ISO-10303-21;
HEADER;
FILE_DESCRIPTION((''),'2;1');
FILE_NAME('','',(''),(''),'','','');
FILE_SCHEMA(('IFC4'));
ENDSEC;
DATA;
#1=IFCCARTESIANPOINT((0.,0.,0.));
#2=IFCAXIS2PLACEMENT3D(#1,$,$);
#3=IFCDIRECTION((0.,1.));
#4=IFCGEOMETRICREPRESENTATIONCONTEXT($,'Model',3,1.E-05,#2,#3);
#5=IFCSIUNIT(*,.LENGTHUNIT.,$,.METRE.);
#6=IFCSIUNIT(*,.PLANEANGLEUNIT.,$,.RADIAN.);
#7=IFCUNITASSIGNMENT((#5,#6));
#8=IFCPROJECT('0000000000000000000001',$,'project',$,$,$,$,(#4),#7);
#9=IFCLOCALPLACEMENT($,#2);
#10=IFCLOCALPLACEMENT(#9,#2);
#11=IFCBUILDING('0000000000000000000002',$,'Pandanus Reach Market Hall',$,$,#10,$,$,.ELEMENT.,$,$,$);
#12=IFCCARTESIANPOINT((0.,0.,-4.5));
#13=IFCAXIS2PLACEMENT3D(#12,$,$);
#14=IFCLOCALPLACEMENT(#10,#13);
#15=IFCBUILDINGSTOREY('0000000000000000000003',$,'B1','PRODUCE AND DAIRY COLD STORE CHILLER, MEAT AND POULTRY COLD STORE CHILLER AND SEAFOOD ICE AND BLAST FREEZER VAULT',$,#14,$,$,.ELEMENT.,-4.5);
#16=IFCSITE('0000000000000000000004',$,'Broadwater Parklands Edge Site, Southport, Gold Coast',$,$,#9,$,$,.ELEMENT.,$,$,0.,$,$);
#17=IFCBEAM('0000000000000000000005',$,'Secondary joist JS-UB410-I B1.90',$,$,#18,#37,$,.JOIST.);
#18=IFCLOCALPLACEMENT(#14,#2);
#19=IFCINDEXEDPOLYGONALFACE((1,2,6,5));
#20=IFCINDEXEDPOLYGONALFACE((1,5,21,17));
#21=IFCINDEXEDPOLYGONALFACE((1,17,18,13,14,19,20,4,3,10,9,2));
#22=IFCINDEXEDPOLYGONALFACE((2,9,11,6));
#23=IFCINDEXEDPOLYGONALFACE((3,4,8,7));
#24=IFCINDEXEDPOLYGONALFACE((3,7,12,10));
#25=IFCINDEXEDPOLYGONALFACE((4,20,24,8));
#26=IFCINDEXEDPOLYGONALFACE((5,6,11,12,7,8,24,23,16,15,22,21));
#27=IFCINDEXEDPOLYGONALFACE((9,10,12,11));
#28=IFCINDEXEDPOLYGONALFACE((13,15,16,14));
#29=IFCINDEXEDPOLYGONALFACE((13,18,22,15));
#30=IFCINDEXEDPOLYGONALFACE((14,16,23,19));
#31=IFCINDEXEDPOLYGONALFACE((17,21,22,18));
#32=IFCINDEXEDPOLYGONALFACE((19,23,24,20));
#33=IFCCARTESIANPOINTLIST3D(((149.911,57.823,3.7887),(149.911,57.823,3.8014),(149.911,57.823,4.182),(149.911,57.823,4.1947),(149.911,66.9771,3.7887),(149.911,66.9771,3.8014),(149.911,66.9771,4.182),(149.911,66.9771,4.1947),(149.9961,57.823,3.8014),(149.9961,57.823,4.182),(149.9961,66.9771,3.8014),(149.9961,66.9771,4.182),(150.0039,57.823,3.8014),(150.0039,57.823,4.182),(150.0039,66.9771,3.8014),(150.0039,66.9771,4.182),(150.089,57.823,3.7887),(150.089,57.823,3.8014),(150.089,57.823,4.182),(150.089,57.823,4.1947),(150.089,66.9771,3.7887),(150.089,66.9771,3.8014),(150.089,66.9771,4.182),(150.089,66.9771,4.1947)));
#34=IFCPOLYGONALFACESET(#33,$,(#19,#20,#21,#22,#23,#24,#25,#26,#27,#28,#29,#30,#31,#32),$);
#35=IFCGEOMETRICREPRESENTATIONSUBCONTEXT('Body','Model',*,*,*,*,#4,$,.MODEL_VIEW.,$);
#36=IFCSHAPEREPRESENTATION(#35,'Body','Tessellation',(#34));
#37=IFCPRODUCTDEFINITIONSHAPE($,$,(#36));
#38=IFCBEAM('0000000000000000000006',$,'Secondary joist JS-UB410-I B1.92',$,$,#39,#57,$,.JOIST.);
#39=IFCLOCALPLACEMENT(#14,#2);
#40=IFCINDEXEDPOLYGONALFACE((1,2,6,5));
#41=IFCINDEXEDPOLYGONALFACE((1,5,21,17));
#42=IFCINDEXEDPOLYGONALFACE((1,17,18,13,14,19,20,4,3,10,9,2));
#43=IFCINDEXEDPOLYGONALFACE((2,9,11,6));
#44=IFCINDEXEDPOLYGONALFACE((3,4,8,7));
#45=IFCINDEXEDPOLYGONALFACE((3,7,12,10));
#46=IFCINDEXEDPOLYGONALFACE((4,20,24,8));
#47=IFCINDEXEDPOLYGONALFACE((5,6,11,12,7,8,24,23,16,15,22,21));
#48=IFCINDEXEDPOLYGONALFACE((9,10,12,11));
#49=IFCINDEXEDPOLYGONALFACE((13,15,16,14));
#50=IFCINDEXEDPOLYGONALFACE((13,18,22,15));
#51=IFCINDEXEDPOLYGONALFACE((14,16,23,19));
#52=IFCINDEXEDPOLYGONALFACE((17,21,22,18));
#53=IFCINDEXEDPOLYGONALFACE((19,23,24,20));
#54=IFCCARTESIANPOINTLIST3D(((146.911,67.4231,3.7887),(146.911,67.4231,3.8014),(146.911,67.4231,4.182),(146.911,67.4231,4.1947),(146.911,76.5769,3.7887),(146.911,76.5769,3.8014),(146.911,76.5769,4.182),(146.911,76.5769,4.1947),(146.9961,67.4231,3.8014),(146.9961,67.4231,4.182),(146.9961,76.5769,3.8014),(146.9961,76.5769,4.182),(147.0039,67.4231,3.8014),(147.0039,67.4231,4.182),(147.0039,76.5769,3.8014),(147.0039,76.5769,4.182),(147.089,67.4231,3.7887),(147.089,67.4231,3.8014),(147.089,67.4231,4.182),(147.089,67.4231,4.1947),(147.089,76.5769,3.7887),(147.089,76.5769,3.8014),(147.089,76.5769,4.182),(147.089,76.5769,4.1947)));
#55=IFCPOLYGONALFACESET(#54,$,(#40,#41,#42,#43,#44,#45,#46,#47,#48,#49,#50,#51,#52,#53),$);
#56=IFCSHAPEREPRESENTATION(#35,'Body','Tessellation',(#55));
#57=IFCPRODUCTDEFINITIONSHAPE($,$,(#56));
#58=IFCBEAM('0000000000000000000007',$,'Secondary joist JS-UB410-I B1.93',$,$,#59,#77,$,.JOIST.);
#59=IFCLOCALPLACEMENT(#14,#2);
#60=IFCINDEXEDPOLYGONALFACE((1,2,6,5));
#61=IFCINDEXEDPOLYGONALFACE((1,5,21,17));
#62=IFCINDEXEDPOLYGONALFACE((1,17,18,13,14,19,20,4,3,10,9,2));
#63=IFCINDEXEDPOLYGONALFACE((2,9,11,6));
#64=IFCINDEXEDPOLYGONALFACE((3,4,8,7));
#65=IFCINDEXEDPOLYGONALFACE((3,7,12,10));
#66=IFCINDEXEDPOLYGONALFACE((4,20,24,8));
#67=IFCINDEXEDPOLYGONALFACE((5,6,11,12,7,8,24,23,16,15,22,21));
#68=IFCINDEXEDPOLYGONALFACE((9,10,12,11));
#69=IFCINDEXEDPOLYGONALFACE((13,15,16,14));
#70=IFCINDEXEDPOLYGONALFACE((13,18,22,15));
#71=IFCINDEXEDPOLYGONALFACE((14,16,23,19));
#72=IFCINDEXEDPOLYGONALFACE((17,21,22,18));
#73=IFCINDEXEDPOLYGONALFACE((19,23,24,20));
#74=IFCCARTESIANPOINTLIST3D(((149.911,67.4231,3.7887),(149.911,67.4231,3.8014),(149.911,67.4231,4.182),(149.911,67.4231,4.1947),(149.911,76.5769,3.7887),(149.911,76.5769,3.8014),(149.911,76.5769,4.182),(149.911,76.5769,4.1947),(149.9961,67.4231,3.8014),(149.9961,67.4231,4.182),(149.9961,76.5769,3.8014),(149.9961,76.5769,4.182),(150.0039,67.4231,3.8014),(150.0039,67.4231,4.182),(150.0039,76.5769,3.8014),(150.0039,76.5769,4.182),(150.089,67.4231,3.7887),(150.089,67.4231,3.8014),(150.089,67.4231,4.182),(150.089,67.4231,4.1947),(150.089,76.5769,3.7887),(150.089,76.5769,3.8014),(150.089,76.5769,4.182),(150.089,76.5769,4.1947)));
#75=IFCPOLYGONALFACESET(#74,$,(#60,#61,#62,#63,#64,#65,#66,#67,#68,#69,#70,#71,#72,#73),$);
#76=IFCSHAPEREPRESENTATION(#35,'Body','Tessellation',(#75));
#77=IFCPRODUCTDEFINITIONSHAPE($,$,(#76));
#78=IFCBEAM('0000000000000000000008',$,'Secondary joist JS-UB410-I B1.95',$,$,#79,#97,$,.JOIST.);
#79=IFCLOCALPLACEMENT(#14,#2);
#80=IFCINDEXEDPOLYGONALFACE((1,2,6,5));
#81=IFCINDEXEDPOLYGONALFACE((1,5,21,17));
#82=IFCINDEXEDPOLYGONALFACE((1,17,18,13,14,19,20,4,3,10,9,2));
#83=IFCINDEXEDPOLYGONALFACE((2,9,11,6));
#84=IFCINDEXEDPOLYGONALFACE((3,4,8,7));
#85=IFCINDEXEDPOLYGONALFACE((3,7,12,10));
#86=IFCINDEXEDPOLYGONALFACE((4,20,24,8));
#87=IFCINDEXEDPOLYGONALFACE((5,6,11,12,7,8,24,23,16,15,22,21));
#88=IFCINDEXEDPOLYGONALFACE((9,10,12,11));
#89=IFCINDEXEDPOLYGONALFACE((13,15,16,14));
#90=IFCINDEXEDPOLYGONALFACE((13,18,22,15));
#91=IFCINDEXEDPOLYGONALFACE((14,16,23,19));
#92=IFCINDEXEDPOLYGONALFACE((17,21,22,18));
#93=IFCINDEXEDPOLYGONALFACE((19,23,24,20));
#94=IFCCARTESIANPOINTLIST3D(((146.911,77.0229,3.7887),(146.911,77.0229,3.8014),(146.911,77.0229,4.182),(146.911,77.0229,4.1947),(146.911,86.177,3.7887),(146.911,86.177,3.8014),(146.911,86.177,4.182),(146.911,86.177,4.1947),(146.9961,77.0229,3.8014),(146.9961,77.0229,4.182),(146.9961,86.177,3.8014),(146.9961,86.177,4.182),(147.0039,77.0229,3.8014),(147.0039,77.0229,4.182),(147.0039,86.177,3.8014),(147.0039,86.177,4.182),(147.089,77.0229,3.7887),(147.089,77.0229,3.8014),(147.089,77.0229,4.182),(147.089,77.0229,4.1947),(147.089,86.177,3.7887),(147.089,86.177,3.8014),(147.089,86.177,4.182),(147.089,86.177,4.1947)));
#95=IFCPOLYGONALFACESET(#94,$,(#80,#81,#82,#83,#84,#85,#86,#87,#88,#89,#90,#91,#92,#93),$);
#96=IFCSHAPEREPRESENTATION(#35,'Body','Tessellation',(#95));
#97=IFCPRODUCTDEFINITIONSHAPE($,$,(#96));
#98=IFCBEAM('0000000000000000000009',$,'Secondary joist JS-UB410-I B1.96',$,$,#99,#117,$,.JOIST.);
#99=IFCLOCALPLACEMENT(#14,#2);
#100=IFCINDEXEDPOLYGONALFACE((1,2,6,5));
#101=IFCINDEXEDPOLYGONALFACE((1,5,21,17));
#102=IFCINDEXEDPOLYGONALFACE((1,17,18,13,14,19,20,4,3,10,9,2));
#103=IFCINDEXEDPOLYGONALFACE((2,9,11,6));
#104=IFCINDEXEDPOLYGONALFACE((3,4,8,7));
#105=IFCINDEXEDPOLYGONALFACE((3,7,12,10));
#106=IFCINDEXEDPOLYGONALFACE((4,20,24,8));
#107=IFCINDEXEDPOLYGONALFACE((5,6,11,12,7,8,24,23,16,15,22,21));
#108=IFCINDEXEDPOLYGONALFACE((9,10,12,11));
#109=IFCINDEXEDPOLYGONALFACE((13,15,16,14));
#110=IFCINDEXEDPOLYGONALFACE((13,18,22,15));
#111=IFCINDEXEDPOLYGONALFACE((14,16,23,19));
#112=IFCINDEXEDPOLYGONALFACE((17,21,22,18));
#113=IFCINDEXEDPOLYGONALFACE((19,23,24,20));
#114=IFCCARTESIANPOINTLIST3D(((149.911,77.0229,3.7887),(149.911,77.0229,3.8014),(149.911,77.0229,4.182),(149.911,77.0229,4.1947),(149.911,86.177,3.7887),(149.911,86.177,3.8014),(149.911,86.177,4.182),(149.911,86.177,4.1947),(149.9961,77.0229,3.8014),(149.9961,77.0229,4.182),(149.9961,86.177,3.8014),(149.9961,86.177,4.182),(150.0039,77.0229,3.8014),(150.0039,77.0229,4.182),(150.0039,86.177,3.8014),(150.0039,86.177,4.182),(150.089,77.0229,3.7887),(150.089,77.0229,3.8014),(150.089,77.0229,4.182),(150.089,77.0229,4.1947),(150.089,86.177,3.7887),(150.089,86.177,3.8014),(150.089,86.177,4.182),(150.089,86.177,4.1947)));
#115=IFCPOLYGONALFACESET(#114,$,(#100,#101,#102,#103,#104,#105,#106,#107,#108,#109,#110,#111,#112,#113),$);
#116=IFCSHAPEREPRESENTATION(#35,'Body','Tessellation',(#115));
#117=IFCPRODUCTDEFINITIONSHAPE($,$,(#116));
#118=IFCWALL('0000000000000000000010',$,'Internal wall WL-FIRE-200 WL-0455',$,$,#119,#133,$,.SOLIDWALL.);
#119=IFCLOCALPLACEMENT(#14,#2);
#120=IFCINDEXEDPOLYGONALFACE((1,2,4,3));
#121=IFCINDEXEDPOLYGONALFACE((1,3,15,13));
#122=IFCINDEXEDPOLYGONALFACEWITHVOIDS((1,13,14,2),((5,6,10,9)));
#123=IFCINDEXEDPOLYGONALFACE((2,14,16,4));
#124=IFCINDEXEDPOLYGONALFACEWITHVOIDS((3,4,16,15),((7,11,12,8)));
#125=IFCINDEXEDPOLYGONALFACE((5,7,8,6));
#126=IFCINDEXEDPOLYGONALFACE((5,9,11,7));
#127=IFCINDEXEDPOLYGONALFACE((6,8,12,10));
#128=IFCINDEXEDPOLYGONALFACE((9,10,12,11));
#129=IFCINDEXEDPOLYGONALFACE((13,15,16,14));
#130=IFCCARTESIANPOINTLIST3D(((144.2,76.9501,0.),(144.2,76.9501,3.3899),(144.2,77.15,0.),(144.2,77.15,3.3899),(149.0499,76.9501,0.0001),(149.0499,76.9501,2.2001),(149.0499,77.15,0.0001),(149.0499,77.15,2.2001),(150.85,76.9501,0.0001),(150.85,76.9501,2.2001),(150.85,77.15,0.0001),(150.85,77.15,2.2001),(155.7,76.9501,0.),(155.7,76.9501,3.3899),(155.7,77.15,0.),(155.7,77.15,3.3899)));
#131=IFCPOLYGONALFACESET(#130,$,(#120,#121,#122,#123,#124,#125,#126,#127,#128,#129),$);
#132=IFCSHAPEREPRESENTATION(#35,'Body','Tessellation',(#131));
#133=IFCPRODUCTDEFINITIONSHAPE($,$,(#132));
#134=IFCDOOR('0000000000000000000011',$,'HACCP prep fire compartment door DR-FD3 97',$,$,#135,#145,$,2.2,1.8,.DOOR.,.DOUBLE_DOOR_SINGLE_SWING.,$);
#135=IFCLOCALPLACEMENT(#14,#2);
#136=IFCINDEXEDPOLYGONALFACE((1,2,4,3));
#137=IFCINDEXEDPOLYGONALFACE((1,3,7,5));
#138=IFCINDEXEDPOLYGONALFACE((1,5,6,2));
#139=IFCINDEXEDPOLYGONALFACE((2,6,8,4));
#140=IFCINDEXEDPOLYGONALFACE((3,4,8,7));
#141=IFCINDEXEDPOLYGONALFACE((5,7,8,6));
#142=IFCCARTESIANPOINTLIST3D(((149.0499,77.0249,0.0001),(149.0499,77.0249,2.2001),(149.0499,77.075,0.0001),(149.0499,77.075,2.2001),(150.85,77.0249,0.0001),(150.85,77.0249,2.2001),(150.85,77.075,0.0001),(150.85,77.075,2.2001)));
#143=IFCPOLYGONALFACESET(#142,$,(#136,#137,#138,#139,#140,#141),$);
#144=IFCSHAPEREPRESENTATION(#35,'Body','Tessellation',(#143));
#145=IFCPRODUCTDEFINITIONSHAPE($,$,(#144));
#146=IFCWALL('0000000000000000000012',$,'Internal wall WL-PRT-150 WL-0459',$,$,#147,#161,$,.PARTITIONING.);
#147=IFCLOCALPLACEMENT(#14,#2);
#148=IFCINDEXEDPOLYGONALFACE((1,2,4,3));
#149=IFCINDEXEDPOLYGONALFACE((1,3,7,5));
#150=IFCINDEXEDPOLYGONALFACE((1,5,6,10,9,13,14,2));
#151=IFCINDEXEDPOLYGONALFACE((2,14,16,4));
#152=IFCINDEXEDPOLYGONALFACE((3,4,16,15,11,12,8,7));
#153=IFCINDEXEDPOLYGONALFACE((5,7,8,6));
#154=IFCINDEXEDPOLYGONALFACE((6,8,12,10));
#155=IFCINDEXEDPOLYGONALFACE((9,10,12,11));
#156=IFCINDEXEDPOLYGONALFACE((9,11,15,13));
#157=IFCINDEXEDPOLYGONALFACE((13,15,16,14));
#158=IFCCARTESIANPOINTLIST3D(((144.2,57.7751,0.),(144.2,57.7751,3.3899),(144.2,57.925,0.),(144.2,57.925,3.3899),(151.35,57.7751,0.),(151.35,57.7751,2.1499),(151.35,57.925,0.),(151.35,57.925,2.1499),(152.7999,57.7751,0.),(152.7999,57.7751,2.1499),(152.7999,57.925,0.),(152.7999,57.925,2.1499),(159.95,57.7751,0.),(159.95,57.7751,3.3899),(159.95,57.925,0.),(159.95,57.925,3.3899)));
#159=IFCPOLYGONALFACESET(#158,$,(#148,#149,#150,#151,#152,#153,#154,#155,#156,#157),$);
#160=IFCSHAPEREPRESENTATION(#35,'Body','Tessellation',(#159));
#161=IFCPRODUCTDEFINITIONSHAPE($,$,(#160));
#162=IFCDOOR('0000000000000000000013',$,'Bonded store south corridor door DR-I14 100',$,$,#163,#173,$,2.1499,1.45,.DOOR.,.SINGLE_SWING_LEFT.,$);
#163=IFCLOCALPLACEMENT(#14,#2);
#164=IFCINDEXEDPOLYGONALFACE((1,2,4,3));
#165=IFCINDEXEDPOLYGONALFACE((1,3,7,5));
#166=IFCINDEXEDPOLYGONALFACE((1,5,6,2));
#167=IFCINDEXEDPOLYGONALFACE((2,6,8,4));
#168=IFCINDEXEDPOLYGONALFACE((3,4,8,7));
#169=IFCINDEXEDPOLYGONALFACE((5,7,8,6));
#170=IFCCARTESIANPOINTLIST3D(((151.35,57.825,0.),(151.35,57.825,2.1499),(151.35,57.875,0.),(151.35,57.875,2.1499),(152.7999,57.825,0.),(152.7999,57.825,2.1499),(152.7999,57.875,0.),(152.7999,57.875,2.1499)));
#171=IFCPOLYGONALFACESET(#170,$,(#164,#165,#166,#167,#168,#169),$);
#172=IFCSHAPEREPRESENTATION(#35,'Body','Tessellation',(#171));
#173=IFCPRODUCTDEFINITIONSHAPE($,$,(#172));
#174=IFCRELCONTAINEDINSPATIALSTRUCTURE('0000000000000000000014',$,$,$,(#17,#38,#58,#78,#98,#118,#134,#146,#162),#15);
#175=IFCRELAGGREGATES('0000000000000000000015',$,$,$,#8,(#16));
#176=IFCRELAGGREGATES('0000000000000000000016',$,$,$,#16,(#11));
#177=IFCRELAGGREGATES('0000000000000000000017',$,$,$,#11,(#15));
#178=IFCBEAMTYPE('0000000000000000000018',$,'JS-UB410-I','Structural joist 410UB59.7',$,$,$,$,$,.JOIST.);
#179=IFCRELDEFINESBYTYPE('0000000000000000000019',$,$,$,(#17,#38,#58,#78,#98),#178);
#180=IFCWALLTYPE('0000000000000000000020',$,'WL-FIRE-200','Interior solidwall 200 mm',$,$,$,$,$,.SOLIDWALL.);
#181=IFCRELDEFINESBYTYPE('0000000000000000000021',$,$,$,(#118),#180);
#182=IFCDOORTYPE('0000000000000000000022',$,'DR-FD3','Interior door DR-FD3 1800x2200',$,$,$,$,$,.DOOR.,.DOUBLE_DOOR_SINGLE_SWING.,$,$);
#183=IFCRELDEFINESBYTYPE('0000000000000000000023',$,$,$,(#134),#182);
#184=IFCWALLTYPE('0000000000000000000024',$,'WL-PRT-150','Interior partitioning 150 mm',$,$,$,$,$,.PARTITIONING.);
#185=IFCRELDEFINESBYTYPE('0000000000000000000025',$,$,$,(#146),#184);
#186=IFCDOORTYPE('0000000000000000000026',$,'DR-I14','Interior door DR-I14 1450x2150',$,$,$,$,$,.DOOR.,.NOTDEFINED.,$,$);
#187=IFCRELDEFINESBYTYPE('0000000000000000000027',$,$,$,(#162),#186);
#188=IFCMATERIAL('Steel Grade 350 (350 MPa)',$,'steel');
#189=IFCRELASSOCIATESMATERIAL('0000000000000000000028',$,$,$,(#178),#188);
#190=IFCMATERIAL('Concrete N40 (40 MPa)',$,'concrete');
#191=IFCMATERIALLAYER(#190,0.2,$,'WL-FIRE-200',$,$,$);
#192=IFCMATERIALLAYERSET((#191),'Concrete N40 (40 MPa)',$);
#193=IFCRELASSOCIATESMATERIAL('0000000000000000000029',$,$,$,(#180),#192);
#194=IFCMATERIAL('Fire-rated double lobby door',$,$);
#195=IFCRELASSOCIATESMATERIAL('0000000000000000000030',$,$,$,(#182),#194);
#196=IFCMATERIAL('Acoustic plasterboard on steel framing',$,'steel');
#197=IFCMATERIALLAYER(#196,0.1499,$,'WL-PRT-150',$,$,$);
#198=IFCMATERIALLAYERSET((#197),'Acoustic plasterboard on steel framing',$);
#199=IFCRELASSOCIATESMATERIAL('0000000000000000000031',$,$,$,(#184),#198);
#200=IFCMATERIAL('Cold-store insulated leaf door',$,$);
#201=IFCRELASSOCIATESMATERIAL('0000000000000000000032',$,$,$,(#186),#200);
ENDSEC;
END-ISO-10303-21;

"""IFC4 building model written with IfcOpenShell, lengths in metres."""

from ifc_helpers import new_model, si_unit, direction, frame, frame_2d, origin, origin_2d, place, context, subcontext, project, spatial, rectangle, i_section, extrude, material, layer, layer_set, material_profile, profile_set, type_object, element, fill, save


model = new_model("IFC4")

# Units and contexts
model_context = context("Model", 3, precision=1e-05, world=origin(), true_north=direction((0.0, 1.0)))
body_context = subcontext(model_context, "Body", "Model", "MODEL_VIEW")
ifc_project = project(units=[si_unit("LENGTHUNIT", "METRE"), si_unit("PLANEANGLEUNIT", "RADIAN")], contexts=[model_context])

# Site, building, storey
site_placement = place(None, origin())
site = spatial("IfcSite", under=ifc_project, at=site_placement, Name="Broadwater Parklands Edge Site, Southport, Gold Coast", CompositionType="ELEMENT", RefElevation=0.0)
building_placement = place(site_placement, origin())
building = spatial("IfcBuilding", under=site, at=building_placement, Name="Pandanus Reach Market Hall", CompositionType="ELEMENT")
storey_placement = place(building_placement, frame((0.0, 0.0, -4.5)))
storey = spatial("IfcBuildingStorey", under=building, at=storey_placement, Name="B1", Description="PRODUCE AND DAIRY COLD STORE CHILLER, MEAT AND POULTRY COLD STORE CHILLER AND SEAFOOD ICE AND BLAST FREEZER VAULT", CompositionType="ELEMENT", Elevation=-4.5)

# Shared definitions
ifc_material_1 = material(Name="Concrete N40 (40 MPa)", Category="concrete")

# Beams
ifc_material_2 = material(Name="Steel Grade 350 (350 MPa)", Category="steel")
ifc_material_profile_1 = material_profile(ifc_material_2, i_section(OverallWidth=0.178, OverallDepth=0.406, WebThickness=0.0078, FlangeThickness=0.0127, at=origin_2d()), Name="410UB59.7", Category="LoadBearing")
ifc_profile_set_1 = profile_set([ifc_material_profile_1], Name="Steel Grade 350 (350 MPa)")
beam_type_1 = type_object("IfcBeamType", Name="JS-UB410-I", Description="Structural joist 410UB59.7", PredefinedType="JOIST", material=ifc_profile_set_1)
for number, where, z_axis, x_axis, name in (
    (1, (150.0, 57.823, 3.9917), (0.0, 1.0, 0.0), (-1.0, 0.0, 0.0), "Secondary joist JS-UB410-I B1.90"),
):
    element("IfcBeam", number, at=place(storey_placement, frame(where, z_axis=z_axis, x_axis=x_axis)), inside=storey, type_object=beam_type_1, Name=name, PredefinedType="JOIST", context=body_context, shape_type="SweptSolid", body=[
        extrude(i_section(OverallWidth=0.178, OverallDepth=0.406, WebThickness=0.0078, FlangeThickness=0.0127, at=origin_2d()), origin(), (0.0, 0.0, 1.0), 9.1541),
    ])
for number, where, z_axis, x_axis, name in (
    (2, (147.0, 67.4231, 3.9917), (0.0, 1.0, 0.0), (-1.0, 0.0, 0.0), "Secondary joist JS-UB410-I B1.92"),
    (3, (150.0, 67.4231, 3.9917), (0.0, 1.0, 0.0), (-1.0, 0.0, 0.0), "Secondary joist JS-UB410-I B1.93"),
):
    element("IfcBeam", number, at=place(storey_placement, frame(where, z_axis=z_axis, x_axis=x_axis)), inside=storey, type_object=beam_type_1, Name=name, PredefinedType="JOIST", context=body_context, shape_type="SweptSolid", body=[
        extrude(i_section(OverallWidth=0.178, OverallDepth=0.406, WebThickness=0.0078, FlangeThickness=0.0127, at=origin_2d()), origin(), (0.0, 0.0, 1.0), 9.1538),
    ])
for number, where, z_axis, x_axis, name in (
    (4, (147.0, 77.0229, 3.9917), (0.0, 1.0, 0.0), (-1.0, 0.0, 0.0), "Secondary joist JS-UB410-I B1.95"),
    (5, (150.0, 77.0229, 3.9917), (0.0, 1.0, 0.0), (-1.0, 0.0, 0.0), "Secondary joist JS-UB410-I B1.96"),
):
    element("IfcBeam", number, at=place(storey_placement, frame(where, z_axis=z_axis, x_axis=x_axis)), inside=storey, type_object=beam_type_1, Name=name, PredefinedType="JOIST", context=body_context, shape_type="SweptSolid", body=[
        extrude(i_section(OverallWidth=0.178, OverallDepth=0.406, WebThickness=0.0078, FlangeThickness=0.0127, at=origin_2d()), origin(), (0.0, 0.0, 1.0), 9.1541),
    ])

# Walls, openings, doors
ifc_layer_1 = layer(ifc_material_1, 0.2, Name="WL-FIRE-200")
ifc_layer_set_1 = layer_set([ifc_layer_1], Name="Concrete N40 (40 MPa)")
wall_type_1 = type_object("IfcWallType", Name="WL-FIRE-200", Description="Interior solidwall 200 mm", PredefinedType="SOLIDWALL", material=ifc_layer_set_1)
wall_1_placement = place(storey_placement, frame((144.2, 77.05, 0.0), z_axis=(0.0, 0.0, 1.0), x_axis=(1.0, 0.0, 0.0)))
wall_1 = element("IfcWall", 6, at=wall_1_placement, inside=storey, type_object=wall_type_1, Name="Internal wall WL-FIRE-200 WL-0455", PredefinedType="SOLIDWALL", context=body_context, shape_type="SweptSolid", body=[
    extrude(rectangle(XDim=11.5, YDim=0.2, at=frame_2d((5.75, 0.0))), origin(), (0.0, 0.0, 1.0), 3.3899),
])
opening_1_placement = place(wall_1_placement, frame((4.8501, 0.0, 0.0)))
opening_1 = element("IfcOpeningElement", 7, at=opening_1_placement, cuts=wall_1, PredefinedType="OPENING", context=body_context, shape_type="SweptSolid", body=[
    extrude(rectangle(XDim=1.8, YDim=2.2, at=frame_2d((0.8999, 1.1001))), frame((0.0, 0.115, 0.0), z_axis=(0.0, -1.0, 0.0), x_axis=(1.0, 0.0, 0.0)), (0.0, 0.0, 1.0), 0.23),
])
ifc_material_3 = material(Name="Fire-rated double lobby door")
door_type_1 = type_object("IfcDoorType", Name="DR-FD3", Description="Interior door DR-FD3 1800x2200", OperationType="DOUBLE_DOOR_SINGLE_SWING", PredefinedType="DOOR", material=ifc_material_3)
door_1_placement = place(opening_1_placement, origin())
door_1 = element("IfcDoor", 8, at=door_1_placement, inside=storey, type_object=door_type_1, Name="HACCP prep fire compartment door DR-FD3 97", OperationType="DOUBLE_DOOR_SINGLE_SWING", OverallHeight=2.2, OverallWidth=1.8, PredefinedType="DOOR", context=body_context, shape_type="SweptSolid", body=[
    extrude(rectangle(XDim=1.8, YDim=2.2, at=frame_2d((0.8999, 1.1001))), frame((0.0, 0.0249, 0.0), z_axis=(0.0, -1.0, 0.0), x_axis=(1.0, 0.0, 0.0)), (0.0, 0.0, 1.0), 0.05),
])
fill(opening_1, door_1)
ifc_material_4 = material(Name="Acoustic plasterboard on steel framing", Category="steel")
ifc_layer_2 = layer(ifc_material_4, 0.1499, Name="WL-PRT-150")
ifc_layer_set_2 = layer_set([ifc_layer_2], Name="Acoustic plasterboard on steel framing")
wall_type_2 = type_object("IfcWallType", Name="WL-PRT-150", Description="Interior partitioning 150 mm", PredefinedType="PARTITIONING", material=ifc_layer_set_2)
wall_2_placement = place(storey_placement, frame((144.2, 57.8501, 0.0), z_axis=(0.0, 0.0, 1.0), x_axis=(1.0, 0.0, 0.0)))
wall_2 = element("IfcWall", 9, at=wall_2_placement, inside=storey, type_object=wall_type_2, Name="Internal wall WL-PRT-150 WL-0459", PredefinedType="PARTITIONING", context=body_context, shape_type="SweptSolid", body=[
    extrude(rectangle(XDim=15.75, YDim=0.1499, at=frame_2d((7.875, 0.0))), origin(), (0.0, 0.0, 1.0), 3.3899),
])
opening_2_placement = place(wall_2_placement, frame((7.1499, 0.0, 0.0)))
opening_2 = element("IfcOpeningElement", 10, at=opening_2_placement, cuts=wall_2, PredefinedType="OPENING", context=body_context, shape_type="SweptSolid", body=[
    extrude(rectangle(XDim=1.45, YDim=2.1499, at=frame_2d((0.7251, 1.075))), frame((0.0, 0.0898, 0.0), z_axis=(0.0, -1.0, 0.0), x_axis=(1.0, 0.0, 0.0)), (0.0, 0.0, 1.0), 0.1799),
])
ifc_material_5 = material(Name="Cold-store insulated leaf door")
door_type_2 = type_object("IfcDoorType", Name="DR-I14", Description="Interior door DR-I14 1450x2150", OperationType="NOTDEFINED", PredefinedType="DOOR", material=ifc_material_5)
door_2_placement = place(opening_2_placement, origin())
door_2 = element("IfcDoor", 11, at=door_2_placement, inside=storey, type_object=door_type_2, Name="Bonded store south corridor door DR-I14 100", OperationType="SINGLE_SWING_LEFT", OverallHeight=2.1499, OverallWidth=1.45, PredefinedType="DOOR", context=body_context, shape_type="SweptSolid", body=[
    extrude(rectangle(XDim=1.45, YDim=2.1499, at=frame_2d((0.7251, 1.075))), frame((0.0, 0.0249, 0.0), z_axis=(0.0, -1.0, 0.0), x_axis=(1.0, 0.0, 0.0)), (0.0, 0.0, 1.0), 0.05),
])
fill(opening_2, door_2)

save(model, "model.ifc")
